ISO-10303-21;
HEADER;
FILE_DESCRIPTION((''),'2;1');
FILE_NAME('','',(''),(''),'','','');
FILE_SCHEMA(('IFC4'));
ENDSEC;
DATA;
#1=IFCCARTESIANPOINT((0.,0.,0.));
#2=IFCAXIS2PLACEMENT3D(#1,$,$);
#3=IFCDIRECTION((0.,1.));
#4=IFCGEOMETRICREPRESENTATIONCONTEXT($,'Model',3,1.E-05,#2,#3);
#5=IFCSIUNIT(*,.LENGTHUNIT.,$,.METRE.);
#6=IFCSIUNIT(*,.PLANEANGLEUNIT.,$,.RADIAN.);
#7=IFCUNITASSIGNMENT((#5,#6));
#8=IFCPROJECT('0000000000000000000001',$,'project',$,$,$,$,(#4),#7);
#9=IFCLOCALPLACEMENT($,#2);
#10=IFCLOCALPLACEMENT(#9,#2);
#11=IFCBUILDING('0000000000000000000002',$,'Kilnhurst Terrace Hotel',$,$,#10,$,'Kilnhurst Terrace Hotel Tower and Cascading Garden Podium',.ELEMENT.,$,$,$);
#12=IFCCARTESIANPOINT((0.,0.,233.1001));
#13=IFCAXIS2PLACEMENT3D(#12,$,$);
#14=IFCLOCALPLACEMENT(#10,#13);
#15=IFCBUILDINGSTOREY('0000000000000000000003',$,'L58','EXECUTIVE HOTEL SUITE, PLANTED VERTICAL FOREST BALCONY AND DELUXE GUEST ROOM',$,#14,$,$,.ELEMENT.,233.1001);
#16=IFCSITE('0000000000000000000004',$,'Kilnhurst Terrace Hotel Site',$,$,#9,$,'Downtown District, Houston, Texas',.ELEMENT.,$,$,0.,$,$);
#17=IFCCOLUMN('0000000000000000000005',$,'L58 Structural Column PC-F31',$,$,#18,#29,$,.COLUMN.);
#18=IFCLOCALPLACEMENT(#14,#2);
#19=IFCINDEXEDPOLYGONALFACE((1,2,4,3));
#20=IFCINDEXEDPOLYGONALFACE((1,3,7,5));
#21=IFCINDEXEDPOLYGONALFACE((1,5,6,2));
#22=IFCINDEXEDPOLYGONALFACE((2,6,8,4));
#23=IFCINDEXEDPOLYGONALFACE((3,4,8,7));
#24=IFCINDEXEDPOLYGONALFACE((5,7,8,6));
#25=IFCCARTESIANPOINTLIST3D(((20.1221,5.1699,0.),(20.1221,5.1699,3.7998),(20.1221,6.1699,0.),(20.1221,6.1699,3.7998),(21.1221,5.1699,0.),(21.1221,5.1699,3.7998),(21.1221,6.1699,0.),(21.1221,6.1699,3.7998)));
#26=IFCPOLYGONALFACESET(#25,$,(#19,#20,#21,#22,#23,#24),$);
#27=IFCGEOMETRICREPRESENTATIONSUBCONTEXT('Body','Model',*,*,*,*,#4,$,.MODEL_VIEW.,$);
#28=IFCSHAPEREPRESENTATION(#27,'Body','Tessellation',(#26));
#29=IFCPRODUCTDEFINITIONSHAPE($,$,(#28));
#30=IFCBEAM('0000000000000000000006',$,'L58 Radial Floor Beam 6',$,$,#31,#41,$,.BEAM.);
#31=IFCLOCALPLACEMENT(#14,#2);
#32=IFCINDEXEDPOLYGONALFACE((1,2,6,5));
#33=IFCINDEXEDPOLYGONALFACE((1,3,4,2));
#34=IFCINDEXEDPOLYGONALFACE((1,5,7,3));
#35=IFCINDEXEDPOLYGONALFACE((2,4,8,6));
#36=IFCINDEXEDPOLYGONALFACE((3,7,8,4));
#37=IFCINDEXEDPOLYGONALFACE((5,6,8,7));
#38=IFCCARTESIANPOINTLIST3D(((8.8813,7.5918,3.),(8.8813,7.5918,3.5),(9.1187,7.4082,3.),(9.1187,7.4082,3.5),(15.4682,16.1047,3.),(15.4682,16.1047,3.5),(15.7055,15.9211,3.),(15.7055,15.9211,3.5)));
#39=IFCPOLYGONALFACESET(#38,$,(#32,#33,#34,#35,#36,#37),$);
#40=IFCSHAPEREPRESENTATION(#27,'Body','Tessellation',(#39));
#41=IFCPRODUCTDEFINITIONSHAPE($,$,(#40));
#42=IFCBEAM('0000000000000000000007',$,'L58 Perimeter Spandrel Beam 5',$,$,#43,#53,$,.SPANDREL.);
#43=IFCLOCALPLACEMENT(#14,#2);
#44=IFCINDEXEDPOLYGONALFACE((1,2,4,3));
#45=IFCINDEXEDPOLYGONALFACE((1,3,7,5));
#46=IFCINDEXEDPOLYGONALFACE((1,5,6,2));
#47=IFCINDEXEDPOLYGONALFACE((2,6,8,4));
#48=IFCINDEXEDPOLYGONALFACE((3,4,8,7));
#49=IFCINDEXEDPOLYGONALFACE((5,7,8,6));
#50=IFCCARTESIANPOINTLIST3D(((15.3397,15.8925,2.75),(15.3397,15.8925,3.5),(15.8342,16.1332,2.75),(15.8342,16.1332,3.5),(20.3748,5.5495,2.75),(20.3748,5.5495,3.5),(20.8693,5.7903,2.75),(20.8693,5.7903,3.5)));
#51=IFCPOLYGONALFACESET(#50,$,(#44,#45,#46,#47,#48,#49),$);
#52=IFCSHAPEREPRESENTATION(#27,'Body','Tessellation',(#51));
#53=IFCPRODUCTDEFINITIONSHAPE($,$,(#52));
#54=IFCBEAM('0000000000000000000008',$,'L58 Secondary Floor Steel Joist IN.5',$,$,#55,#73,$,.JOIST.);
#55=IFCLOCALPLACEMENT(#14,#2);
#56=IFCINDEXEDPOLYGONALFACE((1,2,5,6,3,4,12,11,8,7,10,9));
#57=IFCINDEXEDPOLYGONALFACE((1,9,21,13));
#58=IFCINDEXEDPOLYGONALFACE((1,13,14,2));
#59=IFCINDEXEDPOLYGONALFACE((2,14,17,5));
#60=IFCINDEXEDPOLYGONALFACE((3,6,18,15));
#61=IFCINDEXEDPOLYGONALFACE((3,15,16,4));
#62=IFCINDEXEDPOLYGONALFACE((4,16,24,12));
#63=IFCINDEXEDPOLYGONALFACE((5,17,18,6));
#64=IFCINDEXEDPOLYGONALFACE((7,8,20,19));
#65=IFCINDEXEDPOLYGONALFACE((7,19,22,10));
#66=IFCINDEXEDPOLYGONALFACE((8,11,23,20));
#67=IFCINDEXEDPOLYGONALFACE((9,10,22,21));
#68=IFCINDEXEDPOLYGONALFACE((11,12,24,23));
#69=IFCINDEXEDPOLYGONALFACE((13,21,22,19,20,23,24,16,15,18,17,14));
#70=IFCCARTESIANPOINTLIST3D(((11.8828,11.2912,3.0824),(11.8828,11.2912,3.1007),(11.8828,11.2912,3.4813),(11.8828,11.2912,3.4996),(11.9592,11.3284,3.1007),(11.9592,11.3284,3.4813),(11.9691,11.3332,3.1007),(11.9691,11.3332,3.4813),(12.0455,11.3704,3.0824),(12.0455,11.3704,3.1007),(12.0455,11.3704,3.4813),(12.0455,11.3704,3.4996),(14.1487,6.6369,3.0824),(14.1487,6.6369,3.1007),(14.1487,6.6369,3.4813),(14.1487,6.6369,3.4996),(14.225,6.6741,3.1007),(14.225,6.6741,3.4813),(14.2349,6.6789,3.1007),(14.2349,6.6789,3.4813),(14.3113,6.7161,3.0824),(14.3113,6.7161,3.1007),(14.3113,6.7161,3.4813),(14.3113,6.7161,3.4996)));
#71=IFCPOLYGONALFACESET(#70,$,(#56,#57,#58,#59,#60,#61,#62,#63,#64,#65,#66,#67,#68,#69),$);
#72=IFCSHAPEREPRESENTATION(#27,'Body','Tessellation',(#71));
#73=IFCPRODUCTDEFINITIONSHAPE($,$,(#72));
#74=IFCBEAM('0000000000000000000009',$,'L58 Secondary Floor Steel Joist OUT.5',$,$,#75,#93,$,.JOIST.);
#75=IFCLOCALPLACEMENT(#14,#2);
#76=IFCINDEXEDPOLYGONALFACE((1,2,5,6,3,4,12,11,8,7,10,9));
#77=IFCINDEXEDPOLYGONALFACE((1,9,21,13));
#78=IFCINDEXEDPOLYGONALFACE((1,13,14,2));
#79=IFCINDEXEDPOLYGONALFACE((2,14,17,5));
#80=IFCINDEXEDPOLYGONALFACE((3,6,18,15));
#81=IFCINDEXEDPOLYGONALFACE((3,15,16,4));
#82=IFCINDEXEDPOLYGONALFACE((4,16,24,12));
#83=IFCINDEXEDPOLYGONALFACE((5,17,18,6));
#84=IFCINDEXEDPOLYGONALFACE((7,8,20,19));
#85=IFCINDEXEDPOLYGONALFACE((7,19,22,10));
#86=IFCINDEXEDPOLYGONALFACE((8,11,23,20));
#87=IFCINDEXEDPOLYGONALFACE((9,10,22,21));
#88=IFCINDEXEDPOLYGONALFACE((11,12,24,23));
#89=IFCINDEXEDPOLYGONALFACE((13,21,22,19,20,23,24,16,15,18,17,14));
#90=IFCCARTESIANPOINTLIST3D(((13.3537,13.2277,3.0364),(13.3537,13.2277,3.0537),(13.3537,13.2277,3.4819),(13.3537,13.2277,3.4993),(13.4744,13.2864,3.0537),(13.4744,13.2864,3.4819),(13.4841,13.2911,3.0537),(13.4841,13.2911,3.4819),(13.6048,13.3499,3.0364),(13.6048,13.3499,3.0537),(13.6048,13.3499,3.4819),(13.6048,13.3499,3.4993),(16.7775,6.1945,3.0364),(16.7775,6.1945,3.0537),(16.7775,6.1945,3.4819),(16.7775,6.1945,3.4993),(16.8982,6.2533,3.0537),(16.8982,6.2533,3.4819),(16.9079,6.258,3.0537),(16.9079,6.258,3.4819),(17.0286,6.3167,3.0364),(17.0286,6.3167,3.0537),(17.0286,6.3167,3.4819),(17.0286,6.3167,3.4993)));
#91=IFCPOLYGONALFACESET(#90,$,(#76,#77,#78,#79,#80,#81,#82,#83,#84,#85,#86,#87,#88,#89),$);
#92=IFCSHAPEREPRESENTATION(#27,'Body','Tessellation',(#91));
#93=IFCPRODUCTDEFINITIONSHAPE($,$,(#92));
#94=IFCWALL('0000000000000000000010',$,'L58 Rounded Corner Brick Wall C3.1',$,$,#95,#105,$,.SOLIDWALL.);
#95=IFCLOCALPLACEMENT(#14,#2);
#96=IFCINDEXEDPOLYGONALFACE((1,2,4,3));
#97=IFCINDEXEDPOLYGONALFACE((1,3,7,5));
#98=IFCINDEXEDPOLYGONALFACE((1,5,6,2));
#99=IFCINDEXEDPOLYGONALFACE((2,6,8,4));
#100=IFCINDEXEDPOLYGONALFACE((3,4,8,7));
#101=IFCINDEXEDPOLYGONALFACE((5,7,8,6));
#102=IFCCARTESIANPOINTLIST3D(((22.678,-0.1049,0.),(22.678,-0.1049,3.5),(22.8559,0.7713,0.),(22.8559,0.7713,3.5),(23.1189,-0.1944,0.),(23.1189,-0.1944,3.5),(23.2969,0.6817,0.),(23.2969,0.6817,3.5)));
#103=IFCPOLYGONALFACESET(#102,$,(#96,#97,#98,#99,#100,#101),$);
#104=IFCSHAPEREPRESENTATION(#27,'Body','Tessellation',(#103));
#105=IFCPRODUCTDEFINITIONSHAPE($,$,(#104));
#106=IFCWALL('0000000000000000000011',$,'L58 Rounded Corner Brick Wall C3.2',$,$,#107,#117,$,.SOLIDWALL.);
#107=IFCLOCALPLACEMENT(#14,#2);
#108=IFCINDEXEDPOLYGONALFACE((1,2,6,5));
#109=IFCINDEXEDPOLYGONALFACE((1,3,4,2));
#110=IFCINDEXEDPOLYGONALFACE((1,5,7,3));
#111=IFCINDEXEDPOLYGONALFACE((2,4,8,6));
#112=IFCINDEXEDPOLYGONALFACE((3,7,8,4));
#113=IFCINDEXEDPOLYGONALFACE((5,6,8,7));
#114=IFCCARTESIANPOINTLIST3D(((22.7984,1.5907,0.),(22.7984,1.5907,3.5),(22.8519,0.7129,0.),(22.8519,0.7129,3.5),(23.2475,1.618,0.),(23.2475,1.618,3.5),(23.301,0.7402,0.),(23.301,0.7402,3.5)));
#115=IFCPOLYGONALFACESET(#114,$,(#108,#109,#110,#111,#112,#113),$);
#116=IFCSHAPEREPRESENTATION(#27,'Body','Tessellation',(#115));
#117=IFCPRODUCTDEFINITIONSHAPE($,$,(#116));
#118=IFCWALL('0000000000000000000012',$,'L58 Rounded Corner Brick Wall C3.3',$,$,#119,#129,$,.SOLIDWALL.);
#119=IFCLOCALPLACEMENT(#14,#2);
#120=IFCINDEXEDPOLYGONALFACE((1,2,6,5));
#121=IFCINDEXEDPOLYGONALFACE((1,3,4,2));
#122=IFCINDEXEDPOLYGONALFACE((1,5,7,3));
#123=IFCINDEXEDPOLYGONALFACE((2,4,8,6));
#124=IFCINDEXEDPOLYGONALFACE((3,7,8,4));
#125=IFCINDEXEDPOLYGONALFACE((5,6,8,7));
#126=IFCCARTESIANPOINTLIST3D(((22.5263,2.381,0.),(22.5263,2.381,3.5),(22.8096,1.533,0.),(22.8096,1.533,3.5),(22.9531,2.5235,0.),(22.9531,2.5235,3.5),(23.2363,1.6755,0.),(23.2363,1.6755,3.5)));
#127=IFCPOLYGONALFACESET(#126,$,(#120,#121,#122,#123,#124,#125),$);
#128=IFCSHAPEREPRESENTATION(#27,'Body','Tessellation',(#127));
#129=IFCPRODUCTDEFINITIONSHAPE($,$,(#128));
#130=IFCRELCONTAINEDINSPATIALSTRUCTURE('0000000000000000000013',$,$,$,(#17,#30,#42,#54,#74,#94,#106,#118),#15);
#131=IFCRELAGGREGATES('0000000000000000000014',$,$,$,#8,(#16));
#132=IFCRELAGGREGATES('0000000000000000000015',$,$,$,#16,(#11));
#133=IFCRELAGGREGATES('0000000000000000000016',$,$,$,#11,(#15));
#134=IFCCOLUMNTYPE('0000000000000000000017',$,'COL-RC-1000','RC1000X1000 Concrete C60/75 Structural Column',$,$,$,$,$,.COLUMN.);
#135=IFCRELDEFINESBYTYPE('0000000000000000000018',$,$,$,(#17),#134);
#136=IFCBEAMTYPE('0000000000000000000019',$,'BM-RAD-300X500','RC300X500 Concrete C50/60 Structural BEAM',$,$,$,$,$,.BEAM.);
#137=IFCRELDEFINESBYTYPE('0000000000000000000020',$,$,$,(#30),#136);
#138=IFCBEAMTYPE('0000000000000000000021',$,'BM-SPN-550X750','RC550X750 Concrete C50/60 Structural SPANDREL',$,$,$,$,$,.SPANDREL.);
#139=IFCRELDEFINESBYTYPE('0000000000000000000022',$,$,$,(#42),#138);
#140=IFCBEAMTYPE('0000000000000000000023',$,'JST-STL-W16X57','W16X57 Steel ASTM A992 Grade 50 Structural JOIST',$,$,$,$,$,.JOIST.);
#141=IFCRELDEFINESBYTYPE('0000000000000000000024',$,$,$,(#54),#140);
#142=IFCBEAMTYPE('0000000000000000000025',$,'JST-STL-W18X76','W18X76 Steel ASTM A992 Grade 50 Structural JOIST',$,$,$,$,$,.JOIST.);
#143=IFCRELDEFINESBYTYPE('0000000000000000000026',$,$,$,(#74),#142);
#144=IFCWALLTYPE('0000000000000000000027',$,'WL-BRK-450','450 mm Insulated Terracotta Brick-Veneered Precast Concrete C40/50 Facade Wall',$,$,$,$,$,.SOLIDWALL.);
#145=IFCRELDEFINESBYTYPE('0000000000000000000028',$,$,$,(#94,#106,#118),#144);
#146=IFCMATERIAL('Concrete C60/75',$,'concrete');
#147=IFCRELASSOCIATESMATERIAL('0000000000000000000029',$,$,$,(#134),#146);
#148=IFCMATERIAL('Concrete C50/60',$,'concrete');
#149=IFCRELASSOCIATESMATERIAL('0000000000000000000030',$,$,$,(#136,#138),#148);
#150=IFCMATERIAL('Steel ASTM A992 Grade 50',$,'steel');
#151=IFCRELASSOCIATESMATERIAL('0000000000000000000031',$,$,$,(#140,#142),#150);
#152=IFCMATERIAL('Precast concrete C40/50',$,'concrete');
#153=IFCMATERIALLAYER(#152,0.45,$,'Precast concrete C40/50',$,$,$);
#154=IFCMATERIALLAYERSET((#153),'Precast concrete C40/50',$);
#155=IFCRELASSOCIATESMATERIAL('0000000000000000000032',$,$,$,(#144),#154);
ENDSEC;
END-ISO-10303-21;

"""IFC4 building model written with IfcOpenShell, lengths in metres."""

from ifc_helpers import new_model, si_unit, direction, frame, frame_2d, origin, origin_2d, place, context, subcontext, project, spatial, rectangle, i_section, extrude, material, layer, layer_set, material_profile, profile_set, type_object, element, save


model = new_model("IFC4")

# Units and contexts
model_context = context("Model", 3, precision=1e-05, world=origin(), true_north=direction((0.0, 1.0)))
body_context = subcontext(model_context, "Body", "Model", "MODEL_VIEW")
ifc_project = project(units=[si_unit("LENGTHUNIT", "METRE"), si_unit("PLANEANGLEUNIT", "RADIAN")], contexts=[model_context])

# Site, building, storey
site_placement = place(None, origin())
site = spatial("IfcSite", under=ifc_project, at=site_placement, Name="Kilnhurst Terrace Hotel Site", LongName="Downtown District, Houston, Texas", CompositionType="ELEMENT", RefElevation=0.0)
building_placement = place(site_placement, origin())
building = spatial("IfcBuilding", under=site, at=building_placement, Name="Kilnhurst Terrace Hotel", LongName="Kilnhurst Terrace Hotel Tower and Cascading Garden Podium", CompositionType="ELEMENT")
storey_placement = place(building_placement, frame((0.0, 0.0, 233.1001)))
storey = spatial("IfcBuildingStorey", under=building, at=storey_placement, Name="L58", Description="EXECUTIVE HOTEL SUITE, PLANTED VERTICAL FOREST BALCONY AND DELUXE GUEST ROOM", CompositionType="ELEMENT", Elevation=233.1001)

# Column
ifc_material_1 = material(Name="Concrete C60/75", Category="concrete")
ifc_material_profile_1 = material_profile(ifc_material_1, rectangle(XDim=1.0, YDim=1.0, at=origin_2d()), Name="RC1000X1000")
ifc_profile_set_1 = profile_set([ifc_material_profile_1], Name="Concrete C60/75")
column_type = type_object("IfcColumnType", Name="COL-RC-1000", Description="RC1000X1000 Concrete C60/75 Structural Column", PredefinedType="COLUMN", material=ifc_profile_set_1)
column_placement = place(storey_placement, frame((20.6221, 5.6699, 0.0), z_axis=(0.0, 0.0, 1.0), x_axis=(1.0, 0.0, 0.0)))
element("IfcColumn", 1, at=column_placement, inside=storey, type_object=column_type, Name="L58 Structural Column PC-F31", PredefinedType="COLUMN", context=body_context, shape_type="SweptSolid", body=[
    extrude(rectangle(XDim=1.0, YDim=1.0, at=origin_2d()), origin(), (0.0, 0.0, 1.0), 3.7998),
])

# Beams
ifc_material_2 = material(Name="Concrete C50/60", Category="concrete")
ifc_material_profile_2 = material_profile(ifc_material_2, rectangle(XDim=0.3, YDim=0.5, at=origin_2d()), Name="RC300X500")
ifc_profile_set_2 = profile_set([ifc_material_profile_2], Name="Concrete C50/60")
beam_type_1 = type_object("IfcBeamType", Name="BM-RAD-300X500", Description="RC300X500 Concrete C50/60 Structural BEAM", PredefinedType="BEAM", material=ifc_profile_set_2)
beam_1_placement = place(storey_placement, frame((9.0, 7.5, 3.25), z_axis=(0.611955, 0.790892, 0.0), x_axis=(-0.790892, 0.611955, 0.0)))
element("IfcBeam", 2, at=beam_1_placement, inside=storey, type_object=beam_type_1, Name="L58 Radial Floor Beam 6", PredefinedType="BEAM", context=body_context, shape_type="SweptSolid", body=[
    extrude(rectangle(XDim=0.3, YDim=0.5, at=origin_2d()), origin(), (0.0, 0.0, 1.0), 10.7637),
])
ifc_material_profile_3 = material_profile(ifc_material_2, rectangle(XDim=0.55, YDim=0.75, at=origin_2d()), Name="RC550X750")
ifc_profile_set_3 = profile_set([ifc_material_profile_3], Name="Concrete C50/60")
beam_type_2 = type_object("IfcBeamType", Name="BM-SPN-550X750", Description="RC550X750 Concrete C50/60 Structural SPANDREL", PredefinedType="SPANDREL", material=ifc_profile_set_3)
beam_2_placement = place(storey_placement, frame((20.6221, 5.6699, 3.125), z_axis=(-0.437706, 0.899118, 0.0), x_axis=(-0.899118, -0.437706, 0.0)))
element("IfcBeam", 3, at=beam_2_placement, inside=storey, type_object=beam_type_2, Name="L58 Perimeter Spandrel Beam 5", PredefinedType="SPANDREL", context=body_context, shape_type="SweptSolid", body=[
    extrude(rectangle(XDim=0.55, YDim=0.75, at=origin_2d()), origin(), (0.0, 0.0, 1.0), 11.5034),
])
ifc_material_3 = material(Name="Steel ASTM A992 Grade 50", Category="steel")
ifc_material_profile_4 = material_profile(ifc_material_3, i_section(OverallWidth=0.1809, OverallDepth=0.4172, WebThickness=0.011, FlangeThickness=0.0183, at=origin_2d()), Name="W16X57")
ifc_profile_set_4 = profile_set([ifc_material_profile_4], Name="Steel ASTM A992 Grade 50")
beam_type_3 = type_object("IfcBeamType", Name="JST-STL-W16X57", Description="W16X57 Steel ASTM A992 Grade 50 Structural JOIST", PredefinedType="JOIST", material=ifc_profile_set_4)
beam_3_placement = place(storey_placement, frame((14.23, 6.6765, 3.291), z_axis=(-0.437718, 0.899112, 0.0), x_axis=(-0.899112, -0.437718, 0.0)))
element("IfcBeam", 4, at=beam_3_placement, inside=storey, type_object=beam_type_3, Name="L58 Secondary Floor Steel Joist IN.5", PredefinedType="JOIST", context=body_context, shape_type="SweptSolid", body=[
    extrude(i_section(OverallWidth=0.1809, OverallDepth=0.4172, WebThickness=0.011, FlangeThickness=0.0183, at=origin_2d()), origin(), (0.0, 0.0, 1.0), 5.1765),
])
ifc_material_profile_5 = material_profile(ifc_material_3, i_section(OverallWidth=0.2793, OverallDepth=0.4629, WebThickness=0.0107, FlangeThickness=0.0173, at=origin_2d()), Name="W18X76")
ifc_profile_set_5 = profile_set([ifc_material_profile_5], Name="Steel ASTM A992 Grade 50")
beam_type_4 = type_object("IfcBeamType", Name="JST-STL-W18X76", Description="W18X76 Steel ASTM A992 Grade 50 Structural JOIST", PredefinedType="JOIST", material=ifc_profile_set_5)
beam_4_placement = place(storey_placement, frame((16.9031, 6.2556, 3.2678), z_axis=(-0.4377, 0.899121, 0.0), x_axis=(-0.899121, -0.4377, 0.0)))
element("IfcBeam", 5, at=beam_4_placement, inside=storey, type_object=beam_type_4, Name="L58 Secondary Floor Steel Joist OUT.5", PredefinedType="JOIST", context=body_context, shape_type="SweptSolid", body=[
    extrude(i_section(OverallWidth=0.2793, OverallDepth=0.4629, WebThickness=0.0107, FlangeThickness=0.0173, at=origin_2d()), origin(), (0.0, 0.0, 1.0), 7.8223),
])

# Walls
ifc_material_4 = material(Name="Precast concrete C40/50", Category="concrete")
ifc_layer_1 = layer(ifc_material_4, 0.45, Name="Precast concrete C40/50")
ifc_layer_set_1 = layer_set([ifc_layer_1], Name="Precast concrete C40/50")
wall_type_1 = type_object("IfcWallType", Name="WL-BRK-450", Description="450 mm Insulated Terracotta Brick-Veneered Precast Concrete C40/50 Facade Wall", PredefinedType="SOLIDWALL", material=ifc_layer_set_1)
wall_1_placement = place(storey_placement, frame((22.8984, -0.1497, 0.0), z_axis=(0.0, 0.0, 1.0), x_axis=(0.199056, 0.979988, 0.0)))
element("IfcWall", 6, at=wall_1_placement, inside=storey, type_object=wall_type_1, Name="L58 Rounded Corner Brick Wall C3.1", PredefinedType="SOLIDWALL", context=body_context, shape_type="SweptSolid", body=[
    extrude(rectangle(XDim=0.894, YDim=0.45, at=frame_2d((0.447, 0.0))), origin(), (0.0, 0.0, 1.0), 3.5),
])
wall_2_placement = place(storey_placement, frame((23.0764, 0.7266, 0.0), z_axis=(0.0, 0.0, 1.0), x_axis=(-0.060805, 0.99815, 0.0)))
element("IfcWall", 7, at=wall_2_placement, inside=storey, type_object=wall_type_1, Name="L58 Rounded Corner Brick Wall C3.2", PredefinedType="SOLIDWALL", context=body_context, shape_type="SweptSolid", body=[
    extrude(rectangle(XDim=0.8794, YDim=0.45, at=frame_2d((0.4397, 0.0))), origin(), (0.0, 0.0, 1.0), 3.5),
])
wall_3_placement = place(storey_placement, frame((23.0229, 1.6042, 0.0), z_axis=(0.0, 0.0, 1.0), x_axis=(-0.316801, 0.948492, 0.0)))
element("IfcWall", 8, at=wall_3_placement, inside=storey, type_object=wall_type_1, Name="L58 Rounded Corner Brick Wall C3.3", PredefinedType="SOLIDWALL", context=body_context, shape_type="SweptSolid", body=[
    extrude(rectangle(XDim=0.894, YDim=0.45, at=frame_2d((0.447, 0.0))), origin(), (0.0, 0.0, 1.0), 3.5),
])

save(model, "model.ifc")
